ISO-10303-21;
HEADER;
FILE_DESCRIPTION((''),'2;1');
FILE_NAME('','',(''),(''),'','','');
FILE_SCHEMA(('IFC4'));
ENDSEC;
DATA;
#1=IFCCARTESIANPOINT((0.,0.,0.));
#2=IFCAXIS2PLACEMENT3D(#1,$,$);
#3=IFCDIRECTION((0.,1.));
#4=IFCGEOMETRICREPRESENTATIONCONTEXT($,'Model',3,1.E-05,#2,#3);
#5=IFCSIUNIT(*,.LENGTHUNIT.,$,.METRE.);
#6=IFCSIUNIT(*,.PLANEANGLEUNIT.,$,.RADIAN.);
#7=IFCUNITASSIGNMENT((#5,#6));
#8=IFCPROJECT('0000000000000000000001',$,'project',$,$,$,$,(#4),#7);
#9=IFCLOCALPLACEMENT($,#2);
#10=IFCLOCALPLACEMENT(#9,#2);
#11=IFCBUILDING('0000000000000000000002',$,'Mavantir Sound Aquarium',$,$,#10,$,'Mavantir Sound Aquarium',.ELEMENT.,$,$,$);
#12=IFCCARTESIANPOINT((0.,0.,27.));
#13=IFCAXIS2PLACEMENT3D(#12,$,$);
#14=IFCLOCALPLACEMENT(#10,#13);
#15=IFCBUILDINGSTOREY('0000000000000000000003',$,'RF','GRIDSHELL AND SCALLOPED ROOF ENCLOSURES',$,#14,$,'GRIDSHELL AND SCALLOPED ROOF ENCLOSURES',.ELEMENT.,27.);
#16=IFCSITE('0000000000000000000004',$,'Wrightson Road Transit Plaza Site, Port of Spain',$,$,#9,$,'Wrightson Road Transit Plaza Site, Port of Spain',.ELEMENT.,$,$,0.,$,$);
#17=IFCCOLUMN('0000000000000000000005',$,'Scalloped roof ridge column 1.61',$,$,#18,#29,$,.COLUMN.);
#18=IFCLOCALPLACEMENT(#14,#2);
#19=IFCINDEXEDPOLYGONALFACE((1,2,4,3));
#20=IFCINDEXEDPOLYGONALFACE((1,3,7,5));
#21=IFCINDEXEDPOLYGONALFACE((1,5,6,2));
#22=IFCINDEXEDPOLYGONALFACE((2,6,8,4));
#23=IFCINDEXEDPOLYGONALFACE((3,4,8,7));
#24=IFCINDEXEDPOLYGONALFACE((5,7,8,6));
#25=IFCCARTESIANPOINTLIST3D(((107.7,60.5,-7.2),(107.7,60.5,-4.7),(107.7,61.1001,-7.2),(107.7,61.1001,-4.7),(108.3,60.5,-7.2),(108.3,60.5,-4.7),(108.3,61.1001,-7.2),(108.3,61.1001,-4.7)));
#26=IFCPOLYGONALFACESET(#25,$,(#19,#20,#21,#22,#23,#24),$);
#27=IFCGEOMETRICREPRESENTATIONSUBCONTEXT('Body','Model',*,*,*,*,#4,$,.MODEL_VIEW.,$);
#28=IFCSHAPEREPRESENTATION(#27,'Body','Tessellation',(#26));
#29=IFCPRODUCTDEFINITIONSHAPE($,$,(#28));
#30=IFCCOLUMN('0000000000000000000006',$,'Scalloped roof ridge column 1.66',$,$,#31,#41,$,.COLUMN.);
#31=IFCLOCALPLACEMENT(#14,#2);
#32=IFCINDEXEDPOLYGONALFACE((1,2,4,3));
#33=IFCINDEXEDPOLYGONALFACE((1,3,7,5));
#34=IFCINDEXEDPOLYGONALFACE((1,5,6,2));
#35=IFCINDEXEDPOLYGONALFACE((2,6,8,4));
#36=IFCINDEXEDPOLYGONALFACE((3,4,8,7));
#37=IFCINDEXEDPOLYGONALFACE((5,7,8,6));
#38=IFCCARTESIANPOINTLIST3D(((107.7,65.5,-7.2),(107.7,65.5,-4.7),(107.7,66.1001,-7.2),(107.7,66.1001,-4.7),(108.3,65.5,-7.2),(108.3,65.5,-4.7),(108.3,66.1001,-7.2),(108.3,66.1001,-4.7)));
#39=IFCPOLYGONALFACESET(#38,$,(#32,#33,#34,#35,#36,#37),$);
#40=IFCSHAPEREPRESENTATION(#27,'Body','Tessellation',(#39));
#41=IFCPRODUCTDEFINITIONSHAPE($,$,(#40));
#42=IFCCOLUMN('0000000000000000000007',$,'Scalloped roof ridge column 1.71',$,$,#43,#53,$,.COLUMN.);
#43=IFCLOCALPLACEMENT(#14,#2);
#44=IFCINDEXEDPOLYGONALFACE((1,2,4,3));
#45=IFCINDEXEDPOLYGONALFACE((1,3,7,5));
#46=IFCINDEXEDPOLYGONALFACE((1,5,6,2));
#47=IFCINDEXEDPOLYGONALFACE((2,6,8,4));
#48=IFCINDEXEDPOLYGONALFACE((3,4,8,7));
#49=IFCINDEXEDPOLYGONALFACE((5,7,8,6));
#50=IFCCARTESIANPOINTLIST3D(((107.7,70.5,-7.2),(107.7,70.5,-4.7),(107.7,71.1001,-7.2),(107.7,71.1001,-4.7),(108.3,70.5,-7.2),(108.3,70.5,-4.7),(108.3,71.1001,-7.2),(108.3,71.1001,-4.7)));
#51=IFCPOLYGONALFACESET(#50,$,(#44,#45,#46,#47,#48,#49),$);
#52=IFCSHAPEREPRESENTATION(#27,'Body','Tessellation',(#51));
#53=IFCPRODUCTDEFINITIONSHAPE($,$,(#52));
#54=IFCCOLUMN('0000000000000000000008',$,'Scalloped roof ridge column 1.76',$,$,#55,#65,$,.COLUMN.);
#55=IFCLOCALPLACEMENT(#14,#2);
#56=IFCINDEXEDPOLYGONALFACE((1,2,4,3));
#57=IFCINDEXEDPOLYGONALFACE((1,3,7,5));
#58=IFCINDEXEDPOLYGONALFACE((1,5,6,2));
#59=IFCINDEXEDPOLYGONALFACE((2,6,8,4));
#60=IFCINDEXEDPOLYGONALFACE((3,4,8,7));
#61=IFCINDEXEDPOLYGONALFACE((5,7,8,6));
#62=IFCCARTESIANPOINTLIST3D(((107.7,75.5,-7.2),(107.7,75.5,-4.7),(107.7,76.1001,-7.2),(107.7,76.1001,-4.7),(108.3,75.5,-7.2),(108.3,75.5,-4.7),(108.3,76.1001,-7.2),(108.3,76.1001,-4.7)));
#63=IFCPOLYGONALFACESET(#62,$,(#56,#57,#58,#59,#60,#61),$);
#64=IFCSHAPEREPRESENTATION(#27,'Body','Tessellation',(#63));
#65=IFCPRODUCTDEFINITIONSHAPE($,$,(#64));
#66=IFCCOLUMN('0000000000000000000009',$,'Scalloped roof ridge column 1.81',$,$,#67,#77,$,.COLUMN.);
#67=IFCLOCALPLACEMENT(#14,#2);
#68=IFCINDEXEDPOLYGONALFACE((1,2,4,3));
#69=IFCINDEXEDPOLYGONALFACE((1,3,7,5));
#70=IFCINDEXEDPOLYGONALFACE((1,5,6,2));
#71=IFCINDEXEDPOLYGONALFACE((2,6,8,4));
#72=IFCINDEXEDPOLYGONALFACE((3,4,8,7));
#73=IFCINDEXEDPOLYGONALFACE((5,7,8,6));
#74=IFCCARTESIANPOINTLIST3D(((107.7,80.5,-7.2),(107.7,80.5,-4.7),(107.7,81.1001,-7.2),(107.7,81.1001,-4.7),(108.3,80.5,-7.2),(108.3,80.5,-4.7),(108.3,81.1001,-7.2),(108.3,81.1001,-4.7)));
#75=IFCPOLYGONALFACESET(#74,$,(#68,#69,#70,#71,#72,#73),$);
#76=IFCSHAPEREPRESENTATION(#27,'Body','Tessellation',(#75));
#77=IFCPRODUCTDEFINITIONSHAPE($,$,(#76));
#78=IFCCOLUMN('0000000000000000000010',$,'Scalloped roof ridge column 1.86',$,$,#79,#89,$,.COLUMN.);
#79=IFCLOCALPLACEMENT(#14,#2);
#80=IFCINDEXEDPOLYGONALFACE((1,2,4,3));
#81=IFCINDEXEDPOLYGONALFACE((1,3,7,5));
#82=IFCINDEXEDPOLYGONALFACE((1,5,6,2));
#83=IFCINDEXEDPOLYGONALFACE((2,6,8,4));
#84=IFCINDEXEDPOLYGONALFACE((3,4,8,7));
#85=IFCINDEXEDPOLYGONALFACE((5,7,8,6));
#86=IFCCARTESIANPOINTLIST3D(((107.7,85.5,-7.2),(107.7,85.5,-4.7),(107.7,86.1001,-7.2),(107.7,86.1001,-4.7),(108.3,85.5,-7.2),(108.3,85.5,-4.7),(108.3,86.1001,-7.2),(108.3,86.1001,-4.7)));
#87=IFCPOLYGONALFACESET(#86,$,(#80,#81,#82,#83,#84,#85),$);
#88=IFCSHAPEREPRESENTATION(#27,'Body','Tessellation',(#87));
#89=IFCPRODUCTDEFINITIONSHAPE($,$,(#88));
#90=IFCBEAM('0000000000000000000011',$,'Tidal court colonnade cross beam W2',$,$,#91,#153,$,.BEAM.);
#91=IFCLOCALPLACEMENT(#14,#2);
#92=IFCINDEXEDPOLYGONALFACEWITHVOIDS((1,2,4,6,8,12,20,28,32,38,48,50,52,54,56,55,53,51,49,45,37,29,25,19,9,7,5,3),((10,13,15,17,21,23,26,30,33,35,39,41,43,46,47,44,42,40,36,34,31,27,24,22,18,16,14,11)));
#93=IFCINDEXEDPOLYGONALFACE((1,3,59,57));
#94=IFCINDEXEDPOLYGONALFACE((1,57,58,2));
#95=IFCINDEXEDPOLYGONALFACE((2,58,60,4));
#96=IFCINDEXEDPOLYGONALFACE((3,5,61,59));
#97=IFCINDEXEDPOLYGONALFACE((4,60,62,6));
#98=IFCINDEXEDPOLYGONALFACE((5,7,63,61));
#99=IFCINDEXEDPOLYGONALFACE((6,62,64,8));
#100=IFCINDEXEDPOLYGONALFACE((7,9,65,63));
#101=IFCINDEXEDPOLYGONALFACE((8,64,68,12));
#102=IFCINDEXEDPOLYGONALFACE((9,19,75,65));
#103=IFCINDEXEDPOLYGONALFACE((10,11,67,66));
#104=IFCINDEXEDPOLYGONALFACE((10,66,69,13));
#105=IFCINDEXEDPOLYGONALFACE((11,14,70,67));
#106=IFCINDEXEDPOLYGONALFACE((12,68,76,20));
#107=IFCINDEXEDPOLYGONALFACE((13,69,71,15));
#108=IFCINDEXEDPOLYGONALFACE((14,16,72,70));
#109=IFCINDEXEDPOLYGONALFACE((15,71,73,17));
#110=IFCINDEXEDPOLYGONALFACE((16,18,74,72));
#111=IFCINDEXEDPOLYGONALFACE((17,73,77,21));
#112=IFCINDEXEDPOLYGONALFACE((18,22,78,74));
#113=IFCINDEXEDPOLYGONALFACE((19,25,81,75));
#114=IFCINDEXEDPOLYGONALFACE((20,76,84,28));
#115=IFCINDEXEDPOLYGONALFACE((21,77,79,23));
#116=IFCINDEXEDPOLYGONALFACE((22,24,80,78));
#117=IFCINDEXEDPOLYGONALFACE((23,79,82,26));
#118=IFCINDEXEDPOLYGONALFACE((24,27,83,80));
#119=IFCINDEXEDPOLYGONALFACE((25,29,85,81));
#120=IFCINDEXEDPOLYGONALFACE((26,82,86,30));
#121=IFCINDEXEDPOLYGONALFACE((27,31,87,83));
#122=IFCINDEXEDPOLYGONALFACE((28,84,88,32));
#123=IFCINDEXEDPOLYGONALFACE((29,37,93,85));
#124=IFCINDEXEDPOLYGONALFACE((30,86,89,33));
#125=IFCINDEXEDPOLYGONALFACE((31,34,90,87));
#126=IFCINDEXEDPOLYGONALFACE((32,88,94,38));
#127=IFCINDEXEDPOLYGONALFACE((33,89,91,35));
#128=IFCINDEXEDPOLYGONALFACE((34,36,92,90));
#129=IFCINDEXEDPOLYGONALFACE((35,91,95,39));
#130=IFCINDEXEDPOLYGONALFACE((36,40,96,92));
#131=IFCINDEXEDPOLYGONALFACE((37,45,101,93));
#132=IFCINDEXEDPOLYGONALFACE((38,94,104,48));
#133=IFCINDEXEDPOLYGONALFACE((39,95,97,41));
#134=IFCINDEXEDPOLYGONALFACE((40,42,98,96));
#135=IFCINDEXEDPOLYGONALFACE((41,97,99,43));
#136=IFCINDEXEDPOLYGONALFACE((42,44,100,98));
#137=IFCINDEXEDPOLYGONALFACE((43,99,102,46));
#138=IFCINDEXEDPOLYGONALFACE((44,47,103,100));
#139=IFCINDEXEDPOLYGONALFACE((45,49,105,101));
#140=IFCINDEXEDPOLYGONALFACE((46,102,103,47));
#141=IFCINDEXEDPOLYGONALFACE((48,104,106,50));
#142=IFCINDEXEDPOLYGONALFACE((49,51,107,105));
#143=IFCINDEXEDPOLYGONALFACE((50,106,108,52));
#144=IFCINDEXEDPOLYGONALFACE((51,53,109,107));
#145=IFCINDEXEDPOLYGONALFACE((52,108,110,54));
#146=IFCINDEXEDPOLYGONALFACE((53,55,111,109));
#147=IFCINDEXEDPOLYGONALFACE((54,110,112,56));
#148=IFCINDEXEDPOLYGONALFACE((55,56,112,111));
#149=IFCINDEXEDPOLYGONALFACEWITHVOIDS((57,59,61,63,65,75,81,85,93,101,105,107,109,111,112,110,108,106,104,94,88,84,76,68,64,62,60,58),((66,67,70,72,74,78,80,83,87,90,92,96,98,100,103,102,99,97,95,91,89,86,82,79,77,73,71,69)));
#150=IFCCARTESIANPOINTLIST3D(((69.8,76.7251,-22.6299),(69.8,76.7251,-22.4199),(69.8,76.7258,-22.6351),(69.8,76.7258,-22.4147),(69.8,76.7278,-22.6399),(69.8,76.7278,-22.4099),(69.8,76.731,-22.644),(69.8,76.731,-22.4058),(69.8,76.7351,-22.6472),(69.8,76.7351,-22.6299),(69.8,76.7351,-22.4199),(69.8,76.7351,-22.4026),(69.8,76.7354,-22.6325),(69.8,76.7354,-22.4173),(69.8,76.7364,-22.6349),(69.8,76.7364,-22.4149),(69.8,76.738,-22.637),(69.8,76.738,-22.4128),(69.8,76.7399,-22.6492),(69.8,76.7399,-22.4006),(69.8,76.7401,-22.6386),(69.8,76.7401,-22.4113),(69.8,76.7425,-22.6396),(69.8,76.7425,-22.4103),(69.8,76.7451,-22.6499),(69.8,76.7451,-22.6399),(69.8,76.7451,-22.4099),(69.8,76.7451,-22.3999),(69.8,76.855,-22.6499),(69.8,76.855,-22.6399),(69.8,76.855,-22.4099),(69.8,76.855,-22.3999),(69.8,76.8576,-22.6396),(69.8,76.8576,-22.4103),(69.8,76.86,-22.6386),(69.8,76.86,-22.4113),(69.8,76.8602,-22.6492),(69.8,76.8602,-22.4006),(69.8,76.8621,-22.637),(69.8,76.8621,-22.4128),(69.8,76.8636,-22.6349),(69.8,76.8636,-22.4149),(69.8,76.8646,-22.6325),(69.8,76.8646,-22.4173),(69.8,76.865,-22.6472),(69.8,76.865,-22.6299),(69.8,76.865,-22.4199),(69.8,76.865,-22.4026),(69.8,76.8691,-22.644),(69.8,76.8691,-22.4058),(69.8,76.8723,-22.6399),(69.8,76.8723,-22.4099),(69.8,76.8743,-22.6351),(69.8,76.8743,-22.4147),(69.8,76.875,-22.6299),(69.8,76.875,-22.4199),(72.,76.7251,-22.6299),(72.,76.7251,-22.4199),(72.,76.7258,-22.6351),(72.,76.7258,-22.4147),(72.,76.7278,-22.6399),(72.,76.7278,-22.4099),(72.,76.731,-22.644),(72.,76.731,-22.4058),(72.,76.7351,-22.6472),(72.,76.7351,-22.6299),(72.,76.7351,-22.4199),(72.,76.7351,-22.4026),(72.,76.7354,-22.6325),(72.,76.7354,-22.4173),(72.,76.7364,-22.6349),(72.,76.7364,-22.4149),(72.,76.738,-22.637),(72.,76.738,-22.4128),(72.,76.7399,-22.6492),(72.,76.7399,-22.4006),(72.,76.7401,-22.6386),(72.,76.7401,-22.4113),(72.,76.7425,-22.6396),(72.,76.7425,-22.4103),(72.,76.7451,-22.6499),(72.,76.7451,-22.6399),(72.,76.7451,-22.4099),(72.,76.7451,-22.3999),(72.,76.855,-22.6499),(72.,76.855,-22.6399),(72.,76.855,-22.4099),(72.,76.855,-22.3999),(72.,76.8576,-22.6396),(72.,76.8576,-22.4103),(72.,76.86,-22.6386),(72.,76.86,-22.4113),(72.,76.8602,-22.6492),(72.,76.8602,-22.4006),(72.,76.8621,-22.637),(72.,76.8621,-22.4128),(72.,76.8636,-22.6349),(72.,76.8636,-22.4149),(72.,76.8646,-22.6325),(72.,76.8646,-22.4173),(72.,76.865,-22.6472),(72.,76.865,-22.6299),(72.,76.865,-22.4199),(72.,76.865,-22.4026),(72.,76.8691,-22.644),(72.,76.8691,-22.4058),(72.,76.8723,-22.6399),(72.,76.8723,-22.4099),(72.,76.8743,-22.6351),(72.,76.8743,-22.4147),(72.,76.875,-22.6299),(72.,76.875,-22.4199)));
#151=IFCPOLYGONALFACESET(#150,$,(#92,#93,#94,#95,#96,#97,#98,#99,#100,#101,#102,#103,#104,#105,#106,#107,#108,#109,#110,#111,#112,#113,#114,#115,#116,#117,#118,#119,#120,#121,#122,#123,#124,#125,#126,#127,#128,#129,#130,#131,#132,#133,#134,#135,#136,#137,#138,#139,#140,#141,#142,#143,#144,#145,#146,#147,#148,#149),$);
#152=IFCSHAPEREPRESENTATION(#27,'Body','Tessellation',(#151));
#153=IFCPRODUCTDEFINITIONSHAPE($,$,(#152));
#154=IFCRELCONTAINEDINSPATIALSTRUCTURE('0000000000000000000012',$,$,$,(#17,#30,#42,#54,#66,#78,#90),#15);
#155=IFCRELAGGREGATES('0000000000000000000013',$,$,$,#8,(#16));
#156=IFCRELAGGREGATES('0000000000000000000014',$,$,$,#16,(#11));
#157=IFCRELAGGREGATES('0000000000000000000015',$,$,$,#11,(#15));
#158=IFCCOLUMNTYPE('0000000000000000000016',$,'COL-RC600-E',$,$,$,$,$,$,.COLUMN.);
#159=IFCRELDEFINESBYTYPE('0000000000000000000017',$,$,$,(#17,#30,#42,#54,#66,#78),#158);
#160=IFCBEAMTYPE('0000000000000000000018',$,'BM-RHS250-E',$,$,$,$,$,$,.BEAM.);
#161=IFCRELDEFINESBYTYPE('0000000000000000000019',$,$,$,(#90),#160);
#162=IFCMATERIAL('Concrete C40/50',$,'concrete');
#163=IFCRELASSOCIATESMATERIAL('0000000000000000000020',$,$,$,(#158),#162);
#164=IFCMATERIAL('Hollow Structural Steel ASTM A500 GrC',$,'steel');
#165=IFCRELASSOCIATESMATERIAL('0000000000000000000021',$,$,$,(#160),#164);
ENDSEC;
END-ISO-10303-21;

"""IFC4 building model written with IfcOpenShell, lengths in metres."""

from ifc_helpers import new_model, si_unit, direction, frame, origin, origin_2d, place, context, subcontext, project, spatial, rectangle, hollow_rectangle, extrude, material, material_profile, profile_set, type_object, element, save


model = new_model("IFC4")

# Units and contexts
model_context = context("Model", 3, precision=1e-05, world=origin(), true_north=direction((0.0, 1.0)))
body_context = subcontext(model_context, "Body", "Model", "MODEL_VIEW")
ifc_project = project(units=[si_unit("LENGTHUNIT", "METRE"), si_unit("PLANEANGLEUNIT", "RADIAN")], contexts=[model_context])

# Site, building, storey
site_placement = place(None, origin())
site = spatial("IfcSite", under=ifc_project, at=site_placement, Name="Wrightson Road Transit Plaza Site, Port of Spain", LongName="Wrightson Road Transit Plaza Site, Port of Spain", CompositionType="ELEMENT", RefElevation=0.0)
building_placement = place(site_placement, origin())
building = spatial("IfcBuilding", under=site, at=building_placement, Name="Mavantir Sound Aquarium", LongName="Mavantir Sound Aquarium", CompositionType="ELEMENT")
storey_placement = place(building_placement, frame((0.0, 0.0, 27.0)))
storey = spatial("IfcBuildingStorey", under=building, at=storey_placement, Name="RF", Description="GRIDSHELL AND SCALLOPED ROOF ENCLOSURES", LongName="GRIDSHELL AND SCALLOPED ROOF ENCLOSURES", CompositionType="ELEMENT", Elevation=27.0)

# Columns
ifc_material_1 = material(Name="Concrete C40/50", Category="concrete")
ifc_material_profile_1 = material_profile(ifc_material_1, rectangle(XDim=0.6001, YDim=0.6001, at=origin_2d()), Name="RC 600X600")
ifc_profile_set_1 = profile_set([ifc_material_profile_1], Name="Concrete C40/50")
column_type = type_object("IfcColumnType", Name="COL-RC600-E", PredefinedType="COLUMN", material=ifc_profile_set_1)
for number, where, z_axis, x_axis, name in (
    (1, (108.0, 60.8, -7.2), (0.0, 0.0, 1.0), (1.0, 0.0, 0.0), "Scalloped roof ridge column 1.61"),
    (2, (108.0, 65.8, -7.2), (0.0, 0.0, 1.0), (1.0, 0.0, 0.0), "Scalloped roof ridge column 1.66"),
    (3, (108.0, 70.8, -7.2), (0.0, 0.0, 1.0), (1.0, 0.0, 0.0), "Scalloped roof ridge column 1.71"),
    (4, (108.0, 75.8, -7.2), (0.0, 0.0, 1.0), (1.0, 0.0, 0.0), "Scalloped roof ridge column 1.76"),
    (5, (108.0, 80.8, -7.2), (0.0, 0.0, 1.0), (1.0, 0.0, 0.0), "Scalloped roof ridge column 1.81"),
    (6, (108.0, 85.8, -7.2), (0.0, 0.0, 1.0), (1.0, 0.0, 0.0), "Scalloped roof ridge column 1.86"),
):
    element("IfcColumn", number, at=place(storey_placement, frame(where, z_axis=z_axis, x_axis=x_axis)), inside=storey, type_object=column_type, Name=name, PredefinedType="COLUMN", context=body_context, shape_type="SweptSolid", body=[
        extrude(rectangle(XDim=0.6001, YDim=0.6001, at=origin_2d()), origin(), (0.0, 0.0, 1.0), 2.5),
    ])

# Beam
ifc_material_2 = material(Name="Hollow Structural Steel ASTM A500 GrC", Category="steel")
ifc_material_profile_2 = material_profile(ifc_material_2, hollow_rectangle(XDim=0.1499, YDim=0.25, WallThickness=0.01, InnerFilletRadius=0.01, OuterFilletRadius=0.02, at=origin_2d()), Name="RHS 250X150X10")
ifc_profile_set_2 = profile_set([ifc_material_profile_2], Name="Hollow Structural Steel ASTM A500 GrC")
beam_type_1 = type_object("IfcBeamType", Name="BM-RHS250-E", PredefinedType="BEAM", material=ifc_profile_set_2)
beam_1_placement = place(storey_placement, frame((69.8, 76.8, -22.5249), z_axis=(1.0, 0.0, 0.0), x_axis=(0.0, 1.0, 0.0)))
element("IfcBeam", 7, at=beam_1_placement, inside=storey, type_object=beam_type_1, Name="Tidal court colonnade cross beam W2", PredefinedType="BEAM", context=body_context, shape_type="SweptSolid", body=[
    extrude(hollow_rectangle(XDim=0.1499, YDim=0.25, WallThickness=0.01, InnerFilletRadius=0.01, OuterFilletRadius=0.02, at=origin_2d()), origin(), (0.0, 0.0, 1.0), 2.2),
])

save(model, "model.ifc")
